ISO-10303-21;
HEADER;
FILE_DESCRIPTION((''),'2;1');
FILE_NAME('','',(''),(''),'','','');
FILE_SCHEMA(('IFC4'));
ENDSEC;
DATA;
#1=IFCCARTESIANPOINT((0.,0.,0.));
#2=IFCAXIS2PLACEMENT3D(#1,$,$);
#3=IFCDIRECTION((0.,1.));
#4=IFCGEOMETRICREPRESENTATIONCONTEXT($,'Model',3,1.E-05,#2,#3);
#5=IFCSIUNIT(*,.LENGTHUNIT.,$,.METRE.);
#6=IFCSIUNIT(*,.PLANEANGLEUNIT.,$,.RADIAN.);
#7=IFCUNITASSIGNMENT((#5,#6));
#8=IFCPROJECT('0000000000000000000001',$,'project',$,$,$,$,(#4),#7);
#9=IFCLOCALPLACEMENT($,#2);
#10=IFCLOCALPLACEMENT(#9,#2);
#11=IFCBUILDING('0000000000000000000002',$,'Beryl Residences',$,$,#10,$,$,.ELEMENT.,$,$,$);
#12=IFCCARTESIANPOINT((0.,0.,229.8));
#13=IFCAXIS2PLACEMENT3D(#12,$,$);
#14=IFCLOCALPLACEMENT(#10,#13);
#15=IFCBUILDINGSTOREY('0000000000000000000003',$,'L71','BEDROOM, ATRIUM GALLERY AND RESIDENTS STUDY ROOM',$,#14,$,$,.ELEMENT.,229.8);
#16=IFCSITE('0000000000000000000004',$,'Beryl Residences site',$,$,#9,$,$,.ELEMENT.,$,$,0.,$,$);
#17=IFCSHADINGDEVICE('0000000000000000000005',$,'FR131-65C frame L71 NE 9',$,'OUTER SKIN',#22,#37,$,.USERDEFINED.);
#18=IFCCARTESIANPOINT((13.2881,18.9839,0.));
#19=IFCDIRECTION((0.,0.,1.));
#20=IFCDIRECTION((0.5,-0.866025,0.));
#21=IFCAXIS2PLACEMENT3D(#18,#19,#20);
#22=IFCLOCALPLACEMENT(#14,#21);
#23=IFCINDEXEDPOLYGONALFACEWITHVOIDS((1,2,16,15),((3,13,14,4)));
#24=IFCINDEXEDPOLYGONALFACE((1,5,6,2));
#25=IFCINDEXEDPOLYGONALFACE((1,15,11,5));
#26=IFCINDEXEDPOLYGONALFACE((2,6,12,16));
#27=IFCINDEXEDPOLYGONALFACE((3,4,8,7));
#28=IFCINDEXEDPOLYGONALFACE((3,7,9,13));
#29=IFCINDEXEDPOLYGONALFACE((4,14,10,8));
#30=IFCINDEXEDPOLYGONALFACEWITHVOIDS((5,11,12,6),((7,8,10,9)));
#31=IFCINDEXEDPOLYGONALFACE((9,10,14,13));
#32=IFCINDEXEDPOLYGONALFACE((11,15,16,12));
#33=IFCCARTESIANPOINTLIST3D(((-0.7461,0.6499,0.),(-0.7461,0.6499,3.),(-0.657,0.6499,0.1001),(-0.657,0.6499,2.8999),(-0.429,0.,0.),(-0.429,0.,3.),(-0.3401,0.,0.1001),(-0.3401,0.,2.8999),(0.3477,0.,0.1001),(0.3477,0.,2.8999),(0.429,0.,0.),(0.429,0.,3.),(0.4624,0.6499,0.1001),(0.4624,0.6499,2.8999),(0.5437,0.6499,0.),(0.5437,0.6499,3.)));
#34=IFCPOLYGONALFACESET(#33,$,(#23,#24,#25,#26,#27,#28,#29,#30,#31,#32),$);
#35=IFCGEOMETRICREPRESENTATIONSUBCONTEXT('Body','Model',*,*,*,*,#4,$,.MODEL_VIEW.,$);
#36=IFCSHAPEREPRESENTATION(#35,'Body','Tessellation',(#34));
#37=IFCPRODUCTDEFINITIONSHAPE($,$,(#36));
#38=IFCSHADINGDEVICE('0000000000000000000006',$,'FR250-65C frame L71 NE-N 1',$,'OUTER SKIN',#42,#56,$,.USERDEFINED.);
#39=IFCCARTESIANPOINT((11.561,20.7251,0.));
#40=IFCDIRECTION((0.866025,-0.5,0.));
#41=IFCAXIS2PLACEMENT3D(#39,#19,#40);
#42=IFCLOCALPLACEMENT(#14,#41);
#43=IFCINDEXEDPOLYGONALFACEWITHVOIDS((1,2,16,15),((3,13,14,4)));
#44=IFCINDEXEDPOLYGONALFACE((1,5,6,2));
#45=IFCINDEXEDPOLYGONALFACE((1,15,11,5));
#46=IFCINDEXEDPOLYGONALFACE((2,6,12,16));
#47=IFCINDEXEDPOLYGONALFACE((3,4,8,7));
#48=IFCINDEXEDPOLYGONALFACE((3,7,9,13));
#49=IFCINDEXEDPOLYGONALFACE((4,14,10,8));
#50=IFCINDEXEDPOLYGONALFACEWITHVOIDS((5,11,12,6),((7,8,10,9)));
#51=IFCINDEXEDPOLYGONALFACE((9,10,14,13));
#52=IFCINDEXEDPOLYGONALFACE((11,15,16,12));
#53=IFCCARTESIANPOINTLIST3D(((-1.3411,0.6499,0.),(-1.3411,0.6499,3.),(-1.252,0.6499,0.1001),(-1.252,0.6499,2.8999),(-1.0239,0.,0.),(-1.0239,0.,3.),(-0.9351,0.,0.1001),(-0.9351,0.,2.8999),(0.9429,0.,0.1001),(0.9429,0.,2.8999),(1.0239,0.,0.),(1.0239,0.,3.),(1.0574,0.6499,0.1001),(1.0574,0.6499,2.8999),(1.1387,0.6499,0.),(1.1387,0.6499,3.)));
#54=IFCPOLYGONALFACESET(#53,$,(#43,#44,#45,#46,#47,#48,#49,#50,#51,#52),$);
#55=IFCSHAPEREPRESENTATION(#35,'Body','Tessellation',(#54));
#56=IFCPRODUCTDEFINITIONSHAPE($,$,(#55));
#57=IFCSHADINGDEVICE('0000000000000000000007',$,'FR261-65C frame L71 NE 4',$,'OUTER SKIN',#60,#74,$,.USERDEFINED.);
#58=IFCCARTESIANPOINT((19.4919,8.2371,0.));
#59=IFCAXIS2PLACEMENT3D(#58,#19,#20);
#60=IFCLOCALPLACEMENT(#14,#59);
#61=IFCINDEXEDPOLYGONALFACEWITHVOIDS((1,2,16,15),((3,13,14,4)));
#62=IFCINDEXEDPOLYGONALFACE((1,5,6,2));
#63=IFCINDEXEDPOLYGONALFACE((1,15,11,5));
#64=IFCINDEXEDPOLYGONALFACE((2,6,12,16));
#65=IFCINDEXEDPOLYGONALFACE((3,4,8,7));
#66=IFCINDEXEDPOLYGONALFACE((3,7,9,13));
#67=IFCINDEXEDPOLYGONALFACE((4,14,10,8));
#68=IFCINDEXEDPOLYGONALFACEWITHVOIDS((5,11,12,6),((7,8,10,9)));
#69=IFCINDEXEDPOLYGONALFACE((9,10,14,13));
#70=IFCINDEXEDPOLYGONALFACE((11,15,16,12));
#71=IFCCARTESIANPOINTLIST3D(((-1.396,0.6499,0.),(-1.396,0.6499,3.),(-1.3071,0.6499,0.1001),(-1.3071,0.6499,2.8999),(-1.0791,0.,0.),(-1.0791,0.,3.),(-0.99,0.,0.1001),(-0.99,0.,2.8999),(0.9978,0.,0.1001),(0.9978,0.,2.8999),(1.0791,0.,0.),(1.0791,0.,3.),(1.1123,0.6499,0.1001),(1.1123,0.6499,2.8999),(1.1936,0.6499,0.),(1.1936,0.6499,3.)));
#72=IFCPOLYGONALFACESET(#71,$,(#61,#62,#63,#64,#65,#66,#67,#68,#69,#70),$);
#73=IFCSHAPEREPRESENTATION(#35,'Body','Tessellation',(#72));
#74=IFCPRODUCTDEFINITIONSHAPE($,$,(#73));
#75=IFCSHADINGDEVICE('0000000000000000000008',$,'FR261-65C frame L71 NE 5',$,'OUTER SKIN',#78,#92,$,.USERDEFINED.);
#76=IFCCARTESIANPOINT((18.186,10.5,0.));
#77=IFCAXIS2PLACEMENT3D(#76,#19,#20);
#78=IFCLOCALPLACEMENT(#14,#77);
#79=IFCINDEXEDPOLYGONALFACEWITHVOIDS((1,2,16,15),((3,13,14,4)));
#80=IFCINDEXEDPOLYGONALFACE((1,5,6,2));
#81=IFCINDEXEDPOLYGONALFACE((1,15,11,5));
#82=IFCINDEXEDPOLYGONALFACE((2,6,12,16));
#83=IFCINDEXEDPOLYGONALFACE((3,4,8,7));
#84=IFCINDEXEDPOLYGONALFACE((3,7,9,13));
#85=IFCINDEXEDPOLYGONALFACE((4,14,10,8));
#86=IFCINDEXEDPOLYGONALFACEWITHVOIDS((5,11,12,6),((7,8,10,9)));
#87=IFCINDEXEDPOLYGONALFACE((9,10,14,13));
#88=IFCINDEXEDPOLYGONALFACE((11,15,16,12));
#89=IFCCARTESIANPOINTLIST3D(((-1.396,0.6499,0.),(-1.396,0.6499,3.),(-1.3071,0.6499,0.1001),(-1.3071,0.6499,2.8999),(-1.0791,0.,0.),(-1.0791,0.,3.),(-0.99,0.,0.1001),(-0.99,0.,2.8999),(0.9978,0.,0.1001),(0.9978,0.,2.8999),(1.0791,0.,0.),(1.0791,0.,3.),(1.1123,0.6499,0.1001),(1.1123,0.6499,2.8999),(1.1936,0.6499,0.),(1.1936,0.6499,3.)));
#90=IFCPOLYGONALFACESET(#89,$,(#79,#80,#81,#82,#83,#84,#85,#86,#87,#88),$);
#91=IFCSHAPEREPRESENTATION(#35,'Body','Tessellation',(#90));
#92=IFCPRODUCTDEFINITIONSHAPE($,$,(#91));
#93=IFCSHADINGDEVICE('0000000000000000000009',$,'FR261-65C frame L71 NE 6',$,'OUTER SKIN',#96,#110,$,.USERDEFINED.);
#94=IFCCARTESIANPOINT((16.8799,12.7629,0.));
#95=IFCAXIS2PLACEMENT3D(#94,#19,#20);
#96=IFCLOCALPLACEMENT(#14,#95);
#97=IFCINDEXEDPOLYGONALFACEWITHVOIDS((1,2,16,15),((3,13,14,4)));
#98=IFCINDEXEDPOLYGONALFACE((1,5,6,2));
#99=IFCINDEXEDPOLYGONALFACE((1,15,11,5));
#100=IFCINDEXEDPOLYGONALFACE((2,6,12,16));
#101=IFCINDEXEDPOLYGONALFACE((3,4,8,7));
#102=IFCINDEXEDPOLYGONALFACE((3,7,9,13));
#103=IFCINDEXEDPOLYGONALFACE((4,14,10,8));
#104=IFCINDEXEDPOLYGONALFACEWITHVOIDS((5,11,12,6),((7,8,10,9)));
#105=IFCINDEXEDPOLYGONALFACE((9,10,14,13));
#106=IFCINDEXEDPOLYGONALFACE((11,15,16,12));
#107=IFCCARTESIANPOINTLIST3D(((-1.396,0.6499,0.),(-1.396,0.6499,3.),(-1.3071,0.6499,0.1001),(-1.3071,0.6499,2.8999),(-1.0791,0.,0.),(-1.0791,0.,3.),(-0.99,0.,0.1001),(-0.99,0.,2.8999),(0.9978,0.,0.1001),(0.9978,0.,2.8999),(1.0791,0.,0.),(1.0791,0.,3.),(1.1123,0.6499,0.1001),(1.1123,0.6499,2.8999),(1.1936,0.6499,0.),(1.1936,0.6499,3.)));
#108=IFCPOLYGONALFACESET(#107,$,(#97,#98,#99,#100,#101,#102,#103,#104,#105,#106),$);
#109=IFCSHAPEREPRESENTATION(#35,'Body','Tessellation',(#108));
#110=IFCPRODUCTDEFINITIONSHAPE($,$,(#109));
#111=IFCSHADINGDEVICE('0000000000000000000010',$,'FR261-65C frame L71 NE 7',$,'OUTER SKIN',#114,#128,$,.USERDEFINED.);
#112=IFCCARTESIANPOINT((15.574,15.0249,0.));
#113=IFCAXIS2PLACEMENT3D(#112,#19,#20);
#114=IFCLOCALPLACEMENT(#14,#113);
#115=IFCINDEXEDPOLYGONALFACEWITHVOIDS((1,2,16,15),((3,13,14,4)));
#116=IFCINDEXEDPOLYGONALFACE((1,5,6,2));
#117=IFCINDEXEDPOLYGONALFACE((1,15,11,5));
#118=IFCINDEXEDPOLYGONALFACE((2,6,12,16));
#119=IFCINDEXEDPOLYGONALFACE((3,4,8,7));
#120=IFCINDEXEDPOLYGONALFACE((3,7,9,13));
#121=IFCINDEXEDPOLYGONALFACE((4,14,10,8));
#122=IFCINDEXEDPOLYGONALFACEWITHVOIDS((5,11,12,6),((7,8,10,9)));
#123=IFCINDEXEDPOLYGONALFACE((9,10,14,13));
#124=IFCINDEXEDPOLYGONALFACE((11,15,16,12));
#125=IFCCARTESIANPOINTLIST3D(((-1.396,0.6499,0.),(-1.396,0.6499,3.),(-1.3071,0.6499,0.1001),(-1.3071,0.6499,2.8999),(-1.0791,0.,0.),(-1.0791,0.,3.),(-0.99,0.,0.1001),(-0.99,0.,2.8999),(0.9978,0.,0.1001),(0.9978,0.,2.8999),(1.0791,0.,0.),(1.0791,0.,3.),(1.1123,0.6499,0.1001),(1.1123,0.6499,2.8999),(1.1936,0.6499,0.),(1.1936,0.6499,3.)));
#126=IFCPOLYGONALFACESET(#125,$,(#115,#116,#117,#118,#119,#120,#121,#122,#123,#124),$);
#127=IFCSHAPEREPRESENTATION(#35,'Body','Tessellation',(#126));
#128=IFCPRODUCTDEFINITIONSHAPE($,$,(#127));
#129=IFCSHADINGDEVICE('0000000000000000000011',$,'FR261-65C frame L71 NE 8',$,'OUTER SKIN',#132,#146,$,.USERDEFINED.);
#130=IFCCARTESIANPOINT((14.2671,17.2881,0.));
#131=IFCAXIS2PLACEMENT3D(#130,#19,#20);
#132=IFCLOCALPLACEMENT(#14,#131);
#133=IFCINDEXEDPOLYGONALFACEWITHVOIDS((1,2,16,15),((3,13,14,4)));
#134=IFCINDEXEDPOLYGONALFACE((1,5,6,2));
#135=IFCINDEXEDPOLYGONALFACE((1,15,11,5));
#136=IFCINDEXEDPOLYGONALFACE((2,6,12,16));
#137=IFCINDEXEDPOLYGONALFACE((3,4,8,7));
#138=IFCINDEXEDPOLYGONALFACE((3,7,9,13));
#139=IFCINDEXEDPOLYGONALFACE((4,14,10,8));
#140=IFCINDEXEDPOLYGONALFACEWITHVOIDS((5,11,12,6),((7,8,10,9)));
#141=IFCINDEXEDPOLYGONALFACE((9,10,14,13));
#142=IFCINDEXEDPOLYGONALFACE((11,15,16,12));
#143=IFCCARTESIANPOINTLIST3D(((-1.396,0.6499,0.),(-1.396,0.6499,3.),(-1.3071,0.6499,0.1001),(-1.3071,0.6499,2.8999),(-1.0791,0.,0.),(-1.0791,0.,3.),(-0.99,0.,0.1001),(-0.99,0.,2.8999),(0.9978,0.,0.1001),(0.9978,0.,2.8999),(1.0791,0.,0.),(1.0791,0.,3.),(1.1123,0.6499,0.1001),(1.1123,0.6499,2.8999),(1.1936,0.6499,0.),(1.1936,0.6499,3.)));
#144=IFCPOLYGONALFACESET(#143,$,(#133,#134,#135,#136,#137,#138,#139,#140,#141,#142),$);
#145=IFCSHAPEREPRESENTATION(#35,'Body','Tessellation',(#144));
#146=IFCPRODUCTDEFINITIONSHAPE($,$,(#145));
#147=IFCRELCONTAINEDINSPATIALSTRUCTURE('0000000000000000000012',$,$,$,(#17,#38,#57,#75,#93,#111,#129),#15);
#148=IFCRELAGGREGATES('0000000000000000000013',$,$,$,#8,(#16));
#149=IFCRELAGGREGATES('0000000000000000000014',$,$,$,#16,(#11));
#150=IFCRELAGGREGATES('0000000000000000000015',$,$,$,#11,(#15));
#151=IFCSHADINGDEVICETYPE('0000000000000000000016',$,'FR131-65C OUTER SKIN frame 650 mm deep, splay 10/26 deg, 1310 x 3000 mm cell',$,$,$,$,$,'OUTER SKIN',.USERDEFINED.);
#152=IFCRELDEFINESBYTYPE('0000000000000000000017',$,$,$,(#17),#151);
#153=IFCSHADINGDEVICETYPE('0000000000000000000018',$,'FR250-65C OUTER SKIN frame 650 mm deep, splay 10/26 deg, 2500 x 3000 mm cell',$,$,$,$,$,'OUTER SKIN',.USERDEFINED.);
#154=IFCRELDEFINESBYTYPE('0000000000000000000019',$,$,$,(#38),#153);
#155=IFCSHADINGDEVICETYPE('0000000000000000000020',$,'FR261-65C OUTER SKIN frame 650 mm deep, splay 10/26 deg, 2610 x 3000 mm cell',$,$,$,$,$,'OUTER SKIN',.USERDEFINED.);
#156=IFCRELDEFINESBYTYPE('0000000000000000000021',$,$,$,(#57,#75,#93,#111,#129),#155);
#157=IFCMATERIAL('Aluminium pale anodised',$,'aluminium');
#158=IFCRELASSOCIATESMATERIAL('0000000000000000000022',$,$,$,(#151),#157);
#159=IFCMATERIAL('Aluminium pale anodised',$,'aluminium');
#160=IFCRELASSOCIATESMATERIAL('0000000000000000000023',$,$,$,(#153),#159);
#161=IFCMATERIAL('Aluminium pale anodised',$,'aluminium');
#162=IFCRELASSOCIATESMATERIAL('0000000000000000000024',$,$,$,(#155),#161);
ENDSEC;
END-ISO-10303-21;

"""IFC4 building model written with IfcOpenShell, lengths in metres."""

from ifc_helpers import new_model, entity, si_unit, direction, frame, origin, place, context, subcontext, project, spatial, source, transform, mapped, material, type_object, type_shapes, element, save


model = new_model("IFC4")

# Units and contexts
model_context = context("Model", 3, precision=1e-05, world=origin(), true_north=direction((0.0, 1.0)))
body_context = subcontext(model_context, "Body", "Model", "MODEL_VIEW")
ifc_project = project(units=[si_unit("LENGTHUNIT", "METRE"), si_unit("PLANEANGLEUNIT", "RADIAN")], contexts=[model_context])

# Site, building, storey
site_placement = place(None, origin())
site = spatial("IfcSite", under=ifc_project, at=site_placement, Name="Beryl Residences site", CompositionType="ELEMENT", RefElevation=0.0)
building_placement = place(site_placement, origin())
building = spatial("IfcBuilding", under=site, at=building_placement, Name="Beryl Residences", CompositionType="ELEMENT")
storey_placement = place(building_placement, frame((0.0, 0.0, 229.8)))
storey = spatial("IfcBuildingStorey", under=building, at=storey_placement, Name="L71", Description="BEDROOM, ATRIUM GALLERY AND RESIDENTS STUDY ROOM", CompositionType="ELEMENT", Elevation=229.8)

# Shading devices
ifc_material_1 = material(Name="Aluminium pale anodised", Category="aluminium")
shading_device_type_1 = type_object("IfcShadingDeviceType", Name="FR131-65C OUTER SKIN frame 650 mm deep, splay 10/26 deg, 1310 x 3000 mm cell", ElementType="OUTER SKIN", PredefinedType="USERDEFINED", material=ifc_material_1)
cartesian_point_1 = entity("IfcCartesianPoint", [-0.429, 0.0])
cartesian_point_2 = entity("IfcCartesianPoint", [-0.3477, 0.1001])
cartesian_point_3 = entity("IfcCartesianPoint", [-0.5437, 0.0])
cartesian_point_4 = entity("IfcCartesianPoint", [-0.4624, 0.1001])
shared_shape_1 = source(origin(), body_context, "Body", "SweptSolid", [
    entity("IfcExtrudedAreaSolidTapered", entity("IfcArbitraryProfileDefWithVoids", "AREA", None, entity("IfcPolyline", [cartesian_point_1, entity("IfcCartesianPoint", [0.429, 0.0]), entity("IfcCartesianPoint", [0.429, 3.0]), entity("IfcCartesianPoint", [-0.429, 3.0]), cartesian_point_1]), [entity("IfcPolyline", [cartesian_point_2, entity("IfcCartesianPoint", [0.3401, 0.1001]), entity("IfcCartesianPoint", [0.3401, 2.8999]), entity("IfcCartesianPoint", [-0.3477, 2.8999]), cartesian_point_2])]), entity("IfcAxis2Placement3D", entity("IfcCartesianPoint", [0.0, 0.0, 0.0]), entity("IfcDirection", [0.0, 1.0, 0.0]), entity("IfcDirection", [-1.0, 0.0, 0.0])), entity("IfcDirection", [0.0, 0.0, 1.0]), 0.6499, entity("IfcArbitraryProfileDefWithVoids", "AREA", None, entity("IfcPolyline", [cartesian_point_3, entity("IfcCartesianPoint", [0.7461, 0.0]), entity("IfcCartesianPoint", [0.7461, 3.0]), entity("IfcCartesianPoint", [-0.5437, 3.0]), cartesian_point_3]), [entity("IfcPolyline", [cartesian_point_4, entity("IfcCartesianPoint", [0.657, 0.1001]), entity("IfcCartesianPoint", [0.657, 2.8999]), entity("IfcCartesianPoint", [-0.4624, 2.8999]), cartesian_point_4])])),
])
type_shapes(shading_device_type_1, [shared_shape_1])
shading_device_1_placement = place(storey_placement, frame((13.2881, 18.9839, 0.0), z_axis=(0.0, 0.0, 1.0), x_axis=(0.5, -0.866025, 0.0)))
element("IfcShadingDevice", 1, at=shading_device_1_placement, inside=storey, type_object=shading_device_type_1, Name="FR131-65C frame L71 NE 9", ObjectType="OUTER SKIN", PredefinedType="USERDEFINED", context=body_context, shape_type="MappedRepresentation", body=[
    mapped(shared_shape_1, transform((0.0, 0.0, 0.0))),
])
ifc_material_2 = material(Name="Aluminium pale anodised", Category="aluminium")
shading_device_type_2 = type_object("IfcShadingDeviceType", Name="FR250-65C OUTER SKIN frame 650 mm deep, splay 10/26 deg, 2500 x 3000 mm cell", ElementType="OUTER SKIN", PredefinedType="USERDEFINED", material=ifc_material_2)
cartesian_point_5 = entity("IfcCartesianPoint", [-1.0239, 0.0])
cartesian_point_6 = entity("IfcCartesianPoint", [-0.9429, 0.1001])
cartesian_point_7 = entity("IfcCartesianPoint", [-1.1387, 0.0])
cartesian_point_8 = entity("IfcCartesianPoint", [-1.0574, 0.1001])
shared_shape_2 = source(origin(), body_context, "Body", "SweptSolid", [
    entity("IfcExtrudedAreaSolidTapered", entity("IfcArbitraryProfileDefWithVoids", "AREA", None, entity("IfcPolyline", [cartesian_point_5, entity("IfcCartesianPoint", [1.0239, 0.0]), entity("IfcCartesianPoint", [1.0239, 3.0]), entity("IfcCartesianPoint", [-1.0239, 3.0]), cartesian_point_5]), [entity("IfcPolyline", [cartesian_point_6, entity("IfcCartesianPoint", [0.9351, 0.1001]), entity("IfcCartesianPoint", [0.9351, 2.8999]), entity("IfcCartesianPoint", [-0.9429, 2.8999]), cartesian_point_6])]), entity("IfcAxis2Placement3D", entity("IfcCartesianPoint", [0.0, 0.0, 0.0]), entity("IfcDirection", [0.0, 1.0, 0.0]), entity("IfcDirection", [-1.0, 0.0, 0.0])), entity("IfcDirection", [0.0, 0.0, 1.0]), 0.6499, entity("IfcArbitraryProfileDefWithVoids", "AREA", None, entity("IfcPolyline", [cartesian_point_7, entity("IfcCartesianPoint", [1.3411, 0.0]), entity("IfcCartesianPoint", [1.3411, 3.0]), entity("IfcCartesianPoint", [-1.1387, 3.0]), cartesian_point_7]), [entity("IfcPolyline", [cartesian_point_8, entity("IfcCartesianPoint", [1.252, 0.1001]), entity("IfcCartesianPoint", [1.252, 2.8999]), entity("IfcCartesianPoint", [-1.0574, 2.8999]), cartesian_point_8])])),
])
type_shapes(shading_device_type_2, [shared_shape_2])
shading_device_2_placement = place(storey_placement, frame((11.561, 20.7251, 0.0), z_axis=(0.0, 0.0, 1.0), x_axis=(0.866025, -0.5, 0.0)))
element("IfcShadingDevice", 2, at=shading_device_2_placement, inside=storey, type_object=shading_device_type_2, Name="FR250-65C frame L71 NE-N 1", ObjectType="OUTER SKIN", PredefinedType="USERDEFINED", context=body_context, shape_type="MappedRepresentation", body=[
    mapped(shared_shape_2, transform((0.0, 0.0, 0.0))),
])
ifc_material_3 = material(Name="Aluminium pale anodised", Category="aluminium")
shading_device_type_3 = type_object("IfcShadingDeviceType", Name="FR261-65C OUTER SKIN frame 650 mm deep, splay 10/26 deg, 2610 x 3000 mm cell", ElementType="OUTER SKIN", PredefinedType="USERDEFINED", material=ifc_material_3)
cartesian_point_9 = entity("IfcCartesianPoint", [-1.0791, 0.0])
cartesian_point_10 = entity("IfcCartesianPoint", [-0.9978, 0.1001])
cartesian_point_11 = entity("IfcCartesianPoint", [-1.1936, 0.0])
cartesian_point_12 = entity("IfcCartesianPoint", [-1.1123, 0.1001])
shared_shape_3 = source(origin(), body_context, "Body", "SweptSolid", [
    entity("IfcExtrudedAreaSolidTapered", entity("IfcArbitraryProfileDefWithVoids", "AREA", None, entity("IfcPolyline", [cartesian_point_9, entity("IfcCartesianPoint", [1.0791, 0.0]), entity("IfcCartesianPoint", [1.0791, 3.0]), entity("IfcCartesianPoint", [-1.0791, 3.0]), cartesian_point_9]), [entity("IfcPolyline", [cartesian_point_10, entity("IfcCartesianPoint", [0.99, 0.1001]), entity("IfcCartesianPoint", [0.99, 2.8999]), entity("IfcCartesianPoint", [-0.9978, 2.8999]), cartesian_point_10])]), entity("IfcAxis2Placement3D", entity("IfcCartesianPoint", [0.0, 0.0, 0.0]), entity("IfcDirection", [0.0, 1.0, 0.0]), entity("IfcDirection", [-1.0, 0.0, 0.0])), entity("IfcDirection", [0.0, 0.0, 1.0]), 0.6499, entity("IfcArbitraryProfileDefWithVoids", "AREA", None, entity("IfcPolyline", [cartesian_point_11, entity("IfcCartesianPoint", [1.396, 0.0]), entity("IfcCartesianPoint", [1.396, 3.0]), entity("IfcCartesianPoint", [-1.1936, 3.0]), cartesian_point_11]), [entity("IfcPolyline", [cartesian_point_12, entity("IfcCartesianPoint", [1.3071, 0.1001]), entity("IfcCartesianPoint", [1.3071, 2.8999]), entity("IfcCartesianPoint", [-1.1123, 2.8999]), cartesian_point_12])])),
])
type_shapes(shading_device_type_3, [shared_shape_3])
for number, where, z_axis, x_axis, name in (
    (3, (19.4919, 8.2371, 0.0), (0.0, 0.0, 1.0), (0.5, -0.866025, 0.0), "FR261-65C frame L71 NE 4"),
    (4, (18.186, 10.5, 0.0), (0.0, 0.0, 1.0), (0.5, -0.866025, 0.0), "FR261-65C frame L71 NE 5"),
    (5, (16.8799, 12.7629, 0.0), (0.0, 0.0, 1.0), (0.5, -0.866025, 0.0), "FR261-65C frame L71 NE 6"),
    (6, (15.574, 15.0249, 0.0), (0.0, 0.0, 1.0), (0.5, -0.866025, 0.0), "FR261-65C frame L71 NE 7"),
    (7, (14.2671, 17.2881, 0.0), (0.0, 0.0, 1.0), (0.5, -0.866025, 0.0), "FR261-65C frame L71 NE 8"),
):
    element("IfcShadingDevice", number, at=place(storey_placement, frame(where, z_axis=z_axis, x_axis=x_axis)), inside=storey, type_object=shading_device_type_3, Name=name, ObjectType="OUTER SKIN", PredefinedType="USERDEFINED", context=body_context, shape_type="MappedRepresentation", body=[
        mapped(shared_shape_3, transform((0.0, 0.0, 0.0))),
    ])

save(model, "model.ifc")
